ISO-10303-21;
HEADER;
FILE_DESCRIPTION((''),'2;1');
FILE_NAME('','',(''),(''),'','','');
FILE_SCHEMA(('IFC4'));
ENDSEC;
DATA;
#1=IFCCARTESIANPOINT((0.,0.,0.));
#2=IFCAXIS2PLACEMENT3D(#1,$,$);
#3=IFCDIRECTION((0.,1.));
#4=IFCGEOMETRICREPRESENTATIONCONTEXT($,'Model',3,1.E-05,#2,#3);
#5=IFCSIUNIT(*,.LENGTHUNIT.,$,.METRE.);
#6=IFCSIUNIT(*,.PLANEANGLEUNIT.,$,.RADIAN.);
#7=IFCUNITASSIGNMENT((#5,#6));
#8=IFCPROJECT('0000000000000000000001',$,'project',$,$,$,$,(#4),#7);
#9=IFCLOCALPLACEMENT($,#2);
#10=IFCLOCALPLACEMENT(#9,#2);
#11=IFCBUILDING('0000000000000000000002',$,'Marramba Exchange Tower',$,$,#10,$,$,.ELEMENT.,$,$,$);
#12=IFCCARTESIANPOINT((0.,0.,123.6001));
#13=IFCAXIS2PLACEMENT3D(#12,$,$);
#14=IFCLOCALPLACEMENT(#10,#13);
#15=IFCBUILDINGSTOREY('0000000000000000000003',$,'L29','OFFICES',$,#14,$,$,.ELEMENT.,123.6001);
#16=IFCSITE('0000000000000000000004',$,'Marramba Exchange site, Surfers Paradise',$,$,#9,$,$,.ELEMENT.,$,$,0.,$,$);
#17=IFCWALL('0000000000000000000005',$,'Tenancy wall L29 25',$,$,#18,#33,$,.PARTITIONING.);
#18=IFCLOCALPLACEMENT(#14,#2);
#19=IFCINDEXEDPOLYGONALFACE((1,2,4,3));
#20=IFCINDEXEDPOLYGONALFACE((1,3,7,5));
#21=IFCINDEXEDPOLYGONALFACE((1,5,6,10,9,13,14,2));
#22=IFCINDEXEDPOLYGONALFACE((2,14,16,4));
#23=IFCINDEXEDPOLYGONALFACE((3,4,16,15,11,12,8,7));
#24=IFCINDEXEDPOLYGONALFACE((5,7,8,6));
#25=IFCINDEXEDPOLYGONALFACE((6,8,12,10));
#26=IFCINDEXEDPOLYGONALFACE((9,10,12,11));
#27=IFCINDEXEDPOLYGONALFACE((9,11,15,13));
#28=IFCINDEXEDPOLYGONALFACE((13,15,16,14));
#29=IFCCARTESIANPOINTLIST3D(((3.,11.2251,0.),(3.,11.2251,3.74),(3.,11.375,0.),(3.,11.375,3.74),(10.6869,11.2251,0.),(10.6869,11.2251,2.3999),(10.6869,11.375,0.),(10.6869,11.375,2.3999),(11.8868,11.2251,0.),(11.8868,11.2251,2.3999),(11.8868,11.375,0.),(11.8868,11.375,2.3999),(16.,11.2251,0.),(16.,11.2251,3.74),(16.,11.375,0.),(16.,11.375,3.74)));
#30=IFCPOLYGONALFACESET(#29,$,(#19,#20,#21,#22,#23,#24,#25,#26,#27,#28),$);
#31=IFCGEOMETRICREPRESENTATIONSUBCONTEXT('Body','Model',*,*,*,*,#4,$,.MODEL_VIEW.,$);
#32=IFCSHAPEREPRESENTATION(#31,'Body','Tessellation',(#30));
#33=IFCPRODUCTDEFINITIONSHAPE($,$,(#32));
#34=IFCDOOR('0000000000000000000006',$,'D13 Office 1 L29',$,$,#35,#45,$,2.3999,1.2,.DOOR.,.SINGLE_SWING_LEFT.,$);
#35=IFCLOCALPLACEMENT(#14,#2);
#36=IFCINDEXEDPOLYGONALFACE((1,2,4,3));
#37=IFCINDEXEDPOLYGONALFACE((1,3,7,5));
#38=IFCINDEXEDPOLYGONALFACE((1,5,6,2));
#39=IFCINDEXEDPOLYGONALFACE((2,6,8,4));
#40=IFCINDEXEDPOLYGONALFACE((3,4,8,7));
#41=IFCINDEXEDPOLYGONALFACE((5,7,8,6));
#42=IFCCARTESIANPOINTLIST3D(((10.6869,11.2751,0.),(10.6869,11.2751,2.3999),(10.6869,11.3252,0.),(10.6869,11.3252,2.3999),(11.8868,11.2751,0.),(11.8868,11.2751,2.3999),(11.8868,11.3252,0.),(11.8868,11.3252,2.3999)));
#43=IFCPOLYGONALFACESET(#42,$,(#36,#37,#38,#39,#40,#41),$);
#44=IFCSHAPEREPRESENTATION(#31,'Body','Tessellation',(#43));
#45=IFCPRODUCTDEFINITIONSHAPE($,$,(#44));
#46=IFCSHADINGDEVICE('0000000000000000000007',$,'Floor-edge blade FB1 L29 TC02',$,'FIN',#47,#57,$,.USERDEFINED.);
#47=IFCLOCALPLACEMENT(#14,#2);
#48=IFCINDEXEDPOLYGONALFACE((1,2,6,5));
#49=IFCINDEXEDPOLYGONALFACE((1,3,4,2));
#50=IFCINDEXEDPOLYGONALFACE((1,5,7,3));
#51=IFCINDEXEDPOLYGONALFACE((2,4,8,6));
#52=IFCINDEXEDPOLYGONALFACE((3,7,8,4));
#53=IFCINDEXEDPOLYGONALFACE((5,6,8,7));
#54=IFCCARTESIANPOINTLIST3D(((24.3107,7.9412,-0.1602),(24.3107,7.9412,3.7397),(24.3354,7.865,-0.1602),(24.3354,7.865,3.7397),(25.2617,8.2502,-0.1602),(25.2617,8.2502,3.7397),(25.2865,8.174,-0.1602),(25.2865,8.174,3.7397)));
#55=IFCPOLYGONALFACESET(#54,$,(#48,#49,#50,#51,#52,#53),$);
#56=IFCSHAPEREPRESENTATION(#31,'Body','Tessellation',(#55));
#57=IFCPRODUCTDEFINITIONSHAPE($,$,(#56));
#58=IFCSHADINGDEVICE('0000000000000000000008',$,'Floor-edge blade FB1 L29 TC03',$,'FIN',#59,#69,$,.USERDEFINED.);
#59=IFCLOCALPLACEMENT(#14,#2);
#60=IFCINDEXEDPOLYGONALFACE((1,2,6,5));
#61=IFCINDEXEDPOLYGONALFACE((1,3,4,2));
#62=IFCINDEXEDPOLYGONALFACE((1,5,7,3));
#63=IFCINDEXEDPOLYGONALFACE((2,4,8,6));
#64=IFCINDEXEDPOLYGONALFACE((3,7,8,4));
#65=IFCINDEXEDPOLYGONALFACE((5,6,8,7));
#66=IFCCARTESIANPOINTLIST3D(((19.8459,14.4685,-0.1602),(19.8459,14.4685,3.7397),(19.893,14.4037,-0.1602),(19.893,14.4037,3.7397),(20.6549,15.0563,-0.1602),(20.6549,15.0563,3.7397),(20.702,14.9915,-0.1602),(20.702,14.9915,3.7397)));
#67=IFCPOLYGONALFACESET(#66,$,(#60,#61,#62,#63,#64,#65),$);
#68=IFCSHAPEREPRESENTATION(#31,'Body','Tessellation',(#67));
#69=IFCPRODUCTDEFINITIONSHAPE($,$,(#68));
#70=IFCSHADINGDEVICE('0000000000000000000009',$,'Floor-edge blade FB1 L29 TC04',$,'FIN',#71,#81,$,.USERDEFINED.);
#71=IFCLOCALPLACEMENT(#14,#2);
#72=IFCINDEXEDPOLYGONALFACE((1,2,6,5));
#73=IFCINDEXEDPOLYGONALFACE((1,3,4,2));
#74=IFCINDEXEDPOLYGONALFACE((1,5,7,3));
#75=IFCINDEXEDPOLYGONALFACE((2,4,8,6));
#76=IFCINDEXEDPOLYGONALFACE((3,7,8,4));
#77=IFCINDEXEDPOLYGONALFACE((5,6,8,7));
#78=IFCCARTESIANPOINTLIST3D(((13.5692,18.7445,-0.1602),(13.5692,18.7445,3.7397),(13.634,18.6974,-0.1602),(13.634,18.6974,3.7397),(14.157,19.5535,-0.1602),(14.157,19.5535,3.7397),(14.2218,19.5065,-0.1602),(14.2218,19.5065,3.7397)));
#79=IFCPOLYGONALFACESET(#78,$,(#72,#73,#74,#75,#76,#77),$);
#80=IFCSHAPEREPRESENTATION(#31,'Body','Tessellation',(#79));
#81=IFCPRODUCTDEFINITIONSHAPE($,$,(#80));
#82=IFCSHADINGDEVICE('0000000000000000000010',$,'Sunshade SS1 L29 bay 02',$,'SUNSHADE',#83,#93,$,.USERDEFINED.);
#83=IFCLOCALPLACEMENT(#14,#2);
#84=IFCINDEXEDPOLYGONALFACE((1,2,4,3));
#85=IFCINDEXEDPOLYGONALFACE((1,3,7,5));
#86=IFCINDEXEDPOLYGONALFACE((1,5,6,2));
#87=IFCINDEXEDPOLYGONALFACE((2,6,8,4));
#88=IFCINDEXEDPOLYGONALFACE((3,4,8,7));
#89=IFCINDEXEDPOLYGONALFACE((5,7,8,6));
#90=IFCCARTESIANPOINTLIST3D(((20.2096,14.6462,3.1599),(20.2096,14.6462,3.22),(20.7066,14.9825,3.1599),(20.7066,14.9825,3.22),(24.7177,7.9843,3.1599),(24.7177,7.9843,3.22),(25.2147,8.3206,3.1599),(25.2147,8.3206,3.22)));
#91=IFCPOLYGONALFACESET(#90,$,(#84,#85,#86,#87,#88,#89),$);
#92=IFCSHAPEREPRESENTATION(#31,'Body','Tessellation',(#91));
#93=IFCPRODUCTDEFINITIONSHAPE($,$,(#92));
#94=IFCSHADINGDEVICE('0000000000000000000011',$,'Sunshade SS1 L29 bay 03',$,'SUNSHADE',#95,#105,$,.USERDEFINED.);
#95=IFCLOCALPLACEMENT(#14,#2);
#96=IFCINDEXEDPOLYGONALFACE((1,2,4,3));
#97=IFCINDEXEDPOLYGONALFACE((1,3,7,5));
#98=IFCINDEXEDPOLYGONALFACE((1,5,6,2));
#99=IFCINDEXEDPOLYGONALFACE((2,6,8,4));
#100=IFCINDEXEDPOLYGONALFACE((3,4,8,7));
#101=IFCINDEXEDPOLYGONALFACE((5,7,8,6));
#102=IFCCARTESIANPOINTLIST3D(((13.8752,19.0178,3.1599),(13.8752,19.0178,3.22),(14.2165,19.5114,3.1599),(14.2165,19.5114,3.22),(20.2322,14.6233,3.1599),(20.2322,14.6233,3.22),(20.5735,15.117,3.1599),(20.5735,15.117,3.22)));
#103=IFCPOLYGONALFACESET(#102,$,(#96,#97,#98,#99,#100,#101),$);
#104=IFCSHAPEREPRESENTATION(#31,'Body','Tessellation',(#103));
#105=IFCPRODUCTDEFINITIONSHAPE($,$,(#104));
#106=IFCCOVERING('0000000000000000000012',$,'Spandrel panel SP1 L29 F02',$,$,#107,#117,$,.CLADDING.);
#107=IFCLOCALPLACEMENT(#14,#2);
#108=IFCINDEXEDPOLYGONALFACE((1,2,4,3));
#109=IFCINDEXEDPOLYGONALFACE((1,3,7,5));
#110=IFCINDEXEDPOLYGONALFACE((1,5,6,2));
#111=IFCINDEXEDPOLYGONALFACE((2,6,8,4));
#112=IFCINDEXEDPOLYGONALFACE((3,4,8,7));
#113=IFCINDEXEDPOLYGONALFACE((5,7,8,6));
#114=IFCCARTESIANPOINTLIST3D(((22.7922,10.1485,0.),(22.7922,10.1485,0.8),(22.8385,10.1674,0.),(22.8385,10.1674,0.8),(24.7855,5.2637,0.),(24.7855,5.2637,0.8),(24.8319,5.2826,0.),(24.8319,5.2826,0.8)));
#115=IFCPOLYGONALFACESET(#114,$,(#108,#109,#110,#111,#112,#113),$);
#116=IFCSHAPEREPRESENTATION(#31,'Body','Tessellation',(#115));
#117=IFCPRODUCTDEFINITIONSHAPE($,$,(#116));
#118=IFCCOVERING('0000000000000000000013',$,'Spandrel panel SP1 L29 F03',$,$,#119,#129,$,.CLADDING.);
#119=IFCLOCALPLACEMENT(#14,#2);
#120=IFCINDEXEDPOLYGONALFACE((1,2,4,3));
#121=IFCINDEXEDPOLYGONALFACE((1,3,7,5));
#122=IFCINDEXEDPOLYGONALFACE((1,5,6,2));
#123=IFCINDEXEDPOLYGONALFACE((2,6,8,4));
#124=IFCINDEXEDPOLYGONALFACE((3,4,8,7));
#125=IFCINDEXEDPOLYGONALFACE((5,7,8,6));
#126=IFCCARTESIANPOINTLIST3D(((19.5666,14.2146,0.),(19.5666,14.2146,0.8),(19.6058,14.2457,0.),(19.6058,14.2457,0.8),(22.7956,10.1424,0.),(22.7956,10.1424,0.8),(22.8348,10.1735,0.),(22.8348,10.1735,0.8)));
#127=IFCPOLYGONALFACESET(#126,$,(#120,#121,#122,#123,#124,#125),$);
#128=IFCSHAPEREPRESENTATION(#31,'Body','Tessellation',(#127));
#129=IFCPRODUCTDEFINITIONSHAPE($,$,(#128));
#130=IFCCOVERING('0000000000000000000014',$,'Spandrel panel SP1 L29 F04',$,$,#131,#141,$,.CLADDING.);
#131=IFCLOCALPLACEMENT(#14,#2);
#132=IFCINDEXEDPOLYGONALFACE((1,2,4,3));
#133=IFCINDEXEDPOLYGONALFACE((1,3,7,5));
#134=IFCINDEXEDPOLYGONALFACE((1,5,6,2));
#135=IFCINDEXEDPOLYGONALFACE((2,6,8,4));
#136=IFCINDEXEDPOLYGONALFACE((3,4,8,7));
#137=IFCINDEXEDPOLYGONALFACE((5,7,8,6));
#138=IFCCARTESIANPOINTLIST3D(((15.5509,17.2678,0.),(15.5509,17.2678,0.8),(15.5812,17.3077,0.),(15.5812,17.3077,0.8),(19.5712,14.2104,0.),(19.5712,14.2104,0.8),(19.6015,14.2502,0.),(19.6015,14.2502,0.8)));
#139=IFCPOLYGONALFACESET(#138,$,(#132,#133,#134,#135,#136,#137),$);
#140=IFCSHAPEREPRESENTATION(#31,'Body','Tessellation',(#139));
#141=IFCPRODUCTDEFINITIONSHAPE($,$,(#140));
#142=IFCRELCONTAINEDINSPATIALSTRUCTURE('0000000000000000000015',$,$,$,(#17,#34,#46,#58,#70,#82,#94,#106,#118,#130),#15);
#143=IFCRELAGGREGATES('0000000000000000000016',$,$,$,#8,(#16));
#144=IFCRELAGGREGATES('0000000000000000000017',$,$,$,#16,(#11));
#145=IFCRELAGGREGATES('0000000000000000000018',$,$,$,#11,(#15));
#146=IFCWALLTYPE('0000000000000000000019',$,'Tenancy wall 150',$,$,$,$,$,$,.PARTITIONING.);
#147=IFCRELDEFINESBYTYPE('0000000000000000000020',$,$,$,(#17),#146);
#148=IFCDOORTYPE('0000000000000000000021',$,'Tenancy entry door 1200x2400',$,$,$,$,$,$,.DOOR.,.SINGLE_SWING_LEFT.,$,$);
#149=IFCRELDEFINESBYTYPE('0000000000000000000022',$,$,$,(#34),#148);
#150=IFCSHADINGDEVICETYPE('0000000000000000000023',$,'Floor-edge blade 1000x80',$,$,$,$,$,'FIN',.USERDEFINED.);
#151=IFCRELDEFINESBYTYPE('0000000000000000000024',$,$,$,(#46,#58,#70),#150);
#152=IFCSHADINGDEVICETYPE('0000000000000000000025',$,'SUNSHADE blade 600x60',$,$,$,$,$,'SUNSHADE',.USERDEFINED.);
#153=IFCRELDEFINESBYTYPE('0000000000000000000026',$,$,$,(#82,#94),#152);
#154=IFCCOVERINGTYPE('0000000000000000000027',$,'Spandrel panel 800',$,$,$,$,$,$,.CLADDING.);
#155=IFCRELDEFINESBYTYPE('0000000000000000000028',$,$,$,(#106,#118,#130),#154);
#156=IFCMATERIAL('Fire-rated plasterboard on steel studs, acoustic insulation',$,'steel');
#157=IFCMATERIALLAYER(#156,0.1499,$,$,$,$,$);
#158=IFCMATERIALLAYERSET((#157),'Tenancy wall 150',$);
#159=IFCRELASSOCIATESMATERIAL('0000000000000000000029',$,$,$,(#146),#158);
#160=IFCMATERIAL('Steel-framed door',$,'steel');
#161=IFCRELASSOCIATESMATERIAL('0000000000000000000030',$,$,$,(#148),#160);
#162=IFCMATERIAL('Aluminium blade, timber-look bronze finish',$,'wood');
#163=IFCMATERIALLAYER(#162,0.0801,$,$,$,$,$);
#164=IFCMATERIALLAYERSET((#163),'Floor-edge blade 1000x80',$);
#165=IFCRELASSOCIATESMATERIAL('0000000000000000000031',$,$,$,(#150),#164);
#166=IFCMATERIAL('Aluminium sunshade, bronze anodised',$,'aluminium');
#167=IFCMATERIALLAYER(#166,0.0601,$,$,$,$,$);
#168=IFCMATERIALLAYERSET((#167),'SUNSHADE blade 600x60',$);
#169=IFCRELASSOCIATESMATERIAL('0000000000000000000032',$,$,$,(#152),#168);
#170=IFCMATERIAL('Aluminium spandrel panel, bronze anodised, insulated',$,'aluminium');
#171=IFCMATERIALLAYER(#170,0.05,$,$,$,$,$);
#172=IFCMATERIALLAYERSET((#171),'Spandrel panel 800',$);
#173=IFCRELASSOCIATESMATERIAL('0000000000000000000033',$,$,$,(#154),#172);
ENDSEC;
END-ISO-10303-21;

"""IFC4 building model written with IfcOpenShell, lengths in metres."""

from ifc_helpers import new_model, si_unit, direction, frame, frame_2d, origin, origin_2d, place, context, subcontext, project, spatial, rectangle, extrude, material, layer, layer_set, type_object, element, fill, save


model = new_model("IFC4")

# Units and contexts
model_context = context("Model", 3, precision=1e-05, world=origin(), true_north=direction((0.0, 1.0)))
body_context = subcontext(model_context, "Body", "Model", "MODEL_VIEW")
ifc_project = project(units=[si_unit("LENGTHUNIT", "METRE"), si_unit("PLANEANGLEUNIT", "RADIAN")], contexts=[model_context])

# Site, building, storey
site_placement = place(None, origin())
site = spatial("IfcSite", under=ifc_project, at=site_placement, Name="Marramba Exchange site, Surfers Paradise", CompositionType="ELEMENT", RefElevation=0.0)
building_placement = place(site_placement, origin())
building = spatial("IfcBuilding", under=site, at=building_placement, Name="Marramba Exchange Tower", CompositionType="ELEMENT")
storey_placement = place(building_placement, frame((0.0, 0.0, 123.6001)))
storey = spatial("IfcBuildingStorey", under=building, at=storey_placement, Name="L29", Description="OFFICES", CompositionType="ELEMENT", Elevation=123.6001)

# Wall, opening, door
ifc_material_1 = material(Name="Fire-rated plasterboard on steel studs, acoustic insulation", Category="steel")
ifc_layer_1 = layer(ifc_material_1, 0.1499)
ifc_layer_set_1 = layer_set([ifc_layer_1], Name="Tenancy wall 150")
wall_type = type_object("IfcWallType", Name="Tenancy wall 150", PredefinedType="PARTITIONING", material=ifc_layer_set_1)
wall_placement = place(storey_placement, frame((16.0, 11.3, 0.0), z_axis=(0.0, 0.0, 1.0), x_axis=(-1.0, 0.0, 0.0)))
wall = element("IfcWall", 1, at=wall_placement, inside=storey, type_object=wall_type, Name="Tenancy wall L29 25", PredefinedType="PARTITIONING", context=body_context, shape_type="SweptSolid", body=[
    extrude(rectangle(XDim=13.0, YDim=0.1499, at=frame_2d((6.5, 0.0))), origin(), (0.0, 0.0, 1.0), 3.74),
])
opening_placement = place(wall_placement, frame((4.113, 0.0, 0.0)))
opening = element("IfcOpeningElement", 2, at=opening_placement, cuts=wall, PredefinedType="OPENING", context=body_context, shape_type="SweptSolid", body=[
    extrude(rectangle(XDim=1.2, YDim=2.3999, at=frame_2d((0.6001, 1.2))), frame((0.0, 0.085, 0.0), z_axis=(0.0, -1.0, 0.0), x_axis=(1.0, 0.0, 0.0)), (0.0, 0.0, 1.0), 0.1699),
])
ifc_material_2 = material(Name="Steel-framed door", Category="steel")
door_type = type_object("IfcDoorType", Name="Tenancy entry door 1200x2400", OperationType="SINGLE_SWING_LEFT", PredefinedType="DOOR", material=ifc_material_2)
door_placement = place(opening_placement, origin())
door = element("IfcDoor", 3, at=door_placement, inside=storey, type_object=door_type, Name="D13 Office 1 L29", OperationType="SINGLE_SWING_LEFT", OverallHeight=2.3999, OverallWidth=1.2, PredefinedType="DOOR", context=body_context, shape_type="SweptSolid", body=[
    extrude(rectangle(XDim=1.2, YDim=2.3999, at=frame_2d((0.6001, 1.2))), frame((0.0, 0.0249, 0.0), z_axis=(0.0, -1.0, 0.0), x_axis=(1.0, 0.0, 0.0)), (0.0, 0.0, 1.0), 0.05),
])
fill(opening, door)

# Shading devices
ifc_material_3 = material(Name="Aluminium blade, timber-look bronze finish", Category="wood")
ifc_layer_2 = layer(ifc_material_3, 0.0801)
ifc_layer_set_2 = layer_set([ifc_layer_2], Name="Floor-edge blade 1000x80")
shading_device_type_1 = type_object("IfcShadingDeviceType", Name="Floor-edge blade 1000x80", ElementType="FIN", PredefinedType="USERDEFINED", material=ifc_layer_set_2)
for number, where, z_axis, x_axis, name in (
    (4, (24.7986, 8.0576, -0.1602), (0.0, 0.0, 1.0), (0.951057, 0.309017, 0.0), "Floor-edge blade FB1 L29 TC02"),
    (5, (20.2739, 14.73, -0.1602), (0.0, 0.0, 1.0), (0.809017, 0.587785, 0.0), "Floor-edge blade FB1 L29 TC03"),
    (6, (13.8955, 19.1255, -0.1602), (0.0, 0.0, 1.0), (0.587785, 0.809017, 0.0), "Floor-edge blade FB1 L29 TC04"),
):
    element("IfcShadingDevice", number, at=place(storey_placement, frame(where, z_axis=z_axis, x_axis=x_axis)), inside=storey, type_object=shading_device_type_1, Name=name, ObjectType="FIN", PredefinedType="USERDEFINED", context=body_context, shape_type="SweptSolid", body=[
        extrude(rectangle(XDim=1.0, YDim=0.0801, at=origin_2d()), origin(), (0.0, 0.0, 1.0), 3.8999),
    ])
ifc_material_4 = material(Name="Aluminium sunshade, bronze anodised", Category="aluminium")
ifc_layer_3 = layer(ifc_material_4, 0.0601)
ifc_layer_set_3 = layer_set([ifc_layer_3], Name="SUNSHADE blade 600x60")
shading_device_type_2 = type_object("IfcShadingDeviceType", Name="SUNSHADE blade 600x60", ElementType="SUNSHADE", PredefinedType="USERDEFINED", material=ifc_layer_set_3)
shading_device_1_placement = place(storey_placement, frame((22.7122, 11.4834, 3.1599), z_axis=(0.0, 0.0, 1.0), x_axis=(-0.560442, 0.828194, 0.0)))
element("IfcShadingDevice", 7, at=shading_device_1_placement, inside=storey, type_object=shading_device_type_2, Name="Sunshade SS1 L29 bay 02", ObjectType="SUNSHADE", PredefinedType="USERDEFINED", context=body_context, shape_type="SweptSolid", body=[
    extrude(rectangle(XDim=8.0439, YDim=0.6001, at=origin_2d()), origin(), (0.0, 0.0, 1.0), 0.0601),
])
shading_device_2_placement = place(storey_placement, frame((17.2244, 17.0674, 3.1599), z_axis=(0.0, 0.0, 1.0), x_axis=(-0.82259, 0.568636, 0.0)))
element("IfcShadingDevice", 8, at=shading_device_2_placement, inside=storey, type_object=shading_device_type_2, Name="Sunshade SS1 L29 bay 03", ObjectType="SUNSHADE", PredefinedType="USERDEFINED", context=body_context, shape_type="SweptSolid", body=[
    extrude(rectangle(XDim=7.728, YDim=0.6001, at=origin_2d()), origin(), (0.0, 0.0, 1.0), 0.0601),
])

# Coverings
ifc_material_5 = material(Name="Aluminium spandrel panel, bronze anodised, insulated", Category="aluminium")
ifc_layer_4 = layer(ifc_material_5, 0.05)
ifc_layer_set_4 = layer_set([ifc_layer_4], Name="Spandrel panel 800")
covering_type = type_object("IfcCoveringType", Name="Spandrel panel 800", PredefinedType="CLADDING", material=ifc_layer_set_4)
covering_1_placement = place(storey_placement, frame((23.812, 7.7156, 0.0), z_axis=(0.0, 0.0, 1.0), x_axis=(-0.377821, 0.925879, 0.0)))
element("IfcCovering", 9, at=covering_1_placement, inside=storey, type_object=covering_type, Name="Spandrel panel SP1 L29 F02", PredefinedType="CLADDING", context=body_context, shape_type="SweptSolid", body=[
    extrude(rectangle(XDim=5.2759, YDim=0.05, at=origin_2d()), origin(), (0.0, 0.0, 1.0), 0.8),
])
covering_2_placement = place(storey_placement, frame((21.2007, 12.1941, 0.0), z_axis=(0.0, 0.0, 1.0), x_axis=(-0.621312, 0.783563, 0.0)))
element("IfcCovering", 10, at=covering_2_placement, inside=storey, type_object=covering_type, Name="Spandrel panel SP1 L29 F03", PredefinedType="CLADDING", context=body_context, shape_type="SweptSolid", body=[
    extrude(rectangle(XDim=5.197, YDim=0.05, at=origin_2d()), origin(), (0.0, 0.0, 1.0), 0.8),
])
covering_3_placement = place(storey_placement, frame((17.5762, 15.759, 0.0), z_axis=(0.0, 0.0, 1.0), x_axis=(-0.795972, 0.605334, 0.0)))
element("IfcCovering", 11, at=covering_3_placement, inside=storey, type_object=covering_type, Name="Spandrel panel SP1 L29 F04", PredefinedType="CLADDING", context=body_context, shape_type="SweptSolid", body=[
    extrude(rectangle(XDim=5.0508, YDim=0.05, at=origin_2d()), origin(), (0.0, 0.0, 1.0), 0.8),
])

save(model, "model.ifc")
